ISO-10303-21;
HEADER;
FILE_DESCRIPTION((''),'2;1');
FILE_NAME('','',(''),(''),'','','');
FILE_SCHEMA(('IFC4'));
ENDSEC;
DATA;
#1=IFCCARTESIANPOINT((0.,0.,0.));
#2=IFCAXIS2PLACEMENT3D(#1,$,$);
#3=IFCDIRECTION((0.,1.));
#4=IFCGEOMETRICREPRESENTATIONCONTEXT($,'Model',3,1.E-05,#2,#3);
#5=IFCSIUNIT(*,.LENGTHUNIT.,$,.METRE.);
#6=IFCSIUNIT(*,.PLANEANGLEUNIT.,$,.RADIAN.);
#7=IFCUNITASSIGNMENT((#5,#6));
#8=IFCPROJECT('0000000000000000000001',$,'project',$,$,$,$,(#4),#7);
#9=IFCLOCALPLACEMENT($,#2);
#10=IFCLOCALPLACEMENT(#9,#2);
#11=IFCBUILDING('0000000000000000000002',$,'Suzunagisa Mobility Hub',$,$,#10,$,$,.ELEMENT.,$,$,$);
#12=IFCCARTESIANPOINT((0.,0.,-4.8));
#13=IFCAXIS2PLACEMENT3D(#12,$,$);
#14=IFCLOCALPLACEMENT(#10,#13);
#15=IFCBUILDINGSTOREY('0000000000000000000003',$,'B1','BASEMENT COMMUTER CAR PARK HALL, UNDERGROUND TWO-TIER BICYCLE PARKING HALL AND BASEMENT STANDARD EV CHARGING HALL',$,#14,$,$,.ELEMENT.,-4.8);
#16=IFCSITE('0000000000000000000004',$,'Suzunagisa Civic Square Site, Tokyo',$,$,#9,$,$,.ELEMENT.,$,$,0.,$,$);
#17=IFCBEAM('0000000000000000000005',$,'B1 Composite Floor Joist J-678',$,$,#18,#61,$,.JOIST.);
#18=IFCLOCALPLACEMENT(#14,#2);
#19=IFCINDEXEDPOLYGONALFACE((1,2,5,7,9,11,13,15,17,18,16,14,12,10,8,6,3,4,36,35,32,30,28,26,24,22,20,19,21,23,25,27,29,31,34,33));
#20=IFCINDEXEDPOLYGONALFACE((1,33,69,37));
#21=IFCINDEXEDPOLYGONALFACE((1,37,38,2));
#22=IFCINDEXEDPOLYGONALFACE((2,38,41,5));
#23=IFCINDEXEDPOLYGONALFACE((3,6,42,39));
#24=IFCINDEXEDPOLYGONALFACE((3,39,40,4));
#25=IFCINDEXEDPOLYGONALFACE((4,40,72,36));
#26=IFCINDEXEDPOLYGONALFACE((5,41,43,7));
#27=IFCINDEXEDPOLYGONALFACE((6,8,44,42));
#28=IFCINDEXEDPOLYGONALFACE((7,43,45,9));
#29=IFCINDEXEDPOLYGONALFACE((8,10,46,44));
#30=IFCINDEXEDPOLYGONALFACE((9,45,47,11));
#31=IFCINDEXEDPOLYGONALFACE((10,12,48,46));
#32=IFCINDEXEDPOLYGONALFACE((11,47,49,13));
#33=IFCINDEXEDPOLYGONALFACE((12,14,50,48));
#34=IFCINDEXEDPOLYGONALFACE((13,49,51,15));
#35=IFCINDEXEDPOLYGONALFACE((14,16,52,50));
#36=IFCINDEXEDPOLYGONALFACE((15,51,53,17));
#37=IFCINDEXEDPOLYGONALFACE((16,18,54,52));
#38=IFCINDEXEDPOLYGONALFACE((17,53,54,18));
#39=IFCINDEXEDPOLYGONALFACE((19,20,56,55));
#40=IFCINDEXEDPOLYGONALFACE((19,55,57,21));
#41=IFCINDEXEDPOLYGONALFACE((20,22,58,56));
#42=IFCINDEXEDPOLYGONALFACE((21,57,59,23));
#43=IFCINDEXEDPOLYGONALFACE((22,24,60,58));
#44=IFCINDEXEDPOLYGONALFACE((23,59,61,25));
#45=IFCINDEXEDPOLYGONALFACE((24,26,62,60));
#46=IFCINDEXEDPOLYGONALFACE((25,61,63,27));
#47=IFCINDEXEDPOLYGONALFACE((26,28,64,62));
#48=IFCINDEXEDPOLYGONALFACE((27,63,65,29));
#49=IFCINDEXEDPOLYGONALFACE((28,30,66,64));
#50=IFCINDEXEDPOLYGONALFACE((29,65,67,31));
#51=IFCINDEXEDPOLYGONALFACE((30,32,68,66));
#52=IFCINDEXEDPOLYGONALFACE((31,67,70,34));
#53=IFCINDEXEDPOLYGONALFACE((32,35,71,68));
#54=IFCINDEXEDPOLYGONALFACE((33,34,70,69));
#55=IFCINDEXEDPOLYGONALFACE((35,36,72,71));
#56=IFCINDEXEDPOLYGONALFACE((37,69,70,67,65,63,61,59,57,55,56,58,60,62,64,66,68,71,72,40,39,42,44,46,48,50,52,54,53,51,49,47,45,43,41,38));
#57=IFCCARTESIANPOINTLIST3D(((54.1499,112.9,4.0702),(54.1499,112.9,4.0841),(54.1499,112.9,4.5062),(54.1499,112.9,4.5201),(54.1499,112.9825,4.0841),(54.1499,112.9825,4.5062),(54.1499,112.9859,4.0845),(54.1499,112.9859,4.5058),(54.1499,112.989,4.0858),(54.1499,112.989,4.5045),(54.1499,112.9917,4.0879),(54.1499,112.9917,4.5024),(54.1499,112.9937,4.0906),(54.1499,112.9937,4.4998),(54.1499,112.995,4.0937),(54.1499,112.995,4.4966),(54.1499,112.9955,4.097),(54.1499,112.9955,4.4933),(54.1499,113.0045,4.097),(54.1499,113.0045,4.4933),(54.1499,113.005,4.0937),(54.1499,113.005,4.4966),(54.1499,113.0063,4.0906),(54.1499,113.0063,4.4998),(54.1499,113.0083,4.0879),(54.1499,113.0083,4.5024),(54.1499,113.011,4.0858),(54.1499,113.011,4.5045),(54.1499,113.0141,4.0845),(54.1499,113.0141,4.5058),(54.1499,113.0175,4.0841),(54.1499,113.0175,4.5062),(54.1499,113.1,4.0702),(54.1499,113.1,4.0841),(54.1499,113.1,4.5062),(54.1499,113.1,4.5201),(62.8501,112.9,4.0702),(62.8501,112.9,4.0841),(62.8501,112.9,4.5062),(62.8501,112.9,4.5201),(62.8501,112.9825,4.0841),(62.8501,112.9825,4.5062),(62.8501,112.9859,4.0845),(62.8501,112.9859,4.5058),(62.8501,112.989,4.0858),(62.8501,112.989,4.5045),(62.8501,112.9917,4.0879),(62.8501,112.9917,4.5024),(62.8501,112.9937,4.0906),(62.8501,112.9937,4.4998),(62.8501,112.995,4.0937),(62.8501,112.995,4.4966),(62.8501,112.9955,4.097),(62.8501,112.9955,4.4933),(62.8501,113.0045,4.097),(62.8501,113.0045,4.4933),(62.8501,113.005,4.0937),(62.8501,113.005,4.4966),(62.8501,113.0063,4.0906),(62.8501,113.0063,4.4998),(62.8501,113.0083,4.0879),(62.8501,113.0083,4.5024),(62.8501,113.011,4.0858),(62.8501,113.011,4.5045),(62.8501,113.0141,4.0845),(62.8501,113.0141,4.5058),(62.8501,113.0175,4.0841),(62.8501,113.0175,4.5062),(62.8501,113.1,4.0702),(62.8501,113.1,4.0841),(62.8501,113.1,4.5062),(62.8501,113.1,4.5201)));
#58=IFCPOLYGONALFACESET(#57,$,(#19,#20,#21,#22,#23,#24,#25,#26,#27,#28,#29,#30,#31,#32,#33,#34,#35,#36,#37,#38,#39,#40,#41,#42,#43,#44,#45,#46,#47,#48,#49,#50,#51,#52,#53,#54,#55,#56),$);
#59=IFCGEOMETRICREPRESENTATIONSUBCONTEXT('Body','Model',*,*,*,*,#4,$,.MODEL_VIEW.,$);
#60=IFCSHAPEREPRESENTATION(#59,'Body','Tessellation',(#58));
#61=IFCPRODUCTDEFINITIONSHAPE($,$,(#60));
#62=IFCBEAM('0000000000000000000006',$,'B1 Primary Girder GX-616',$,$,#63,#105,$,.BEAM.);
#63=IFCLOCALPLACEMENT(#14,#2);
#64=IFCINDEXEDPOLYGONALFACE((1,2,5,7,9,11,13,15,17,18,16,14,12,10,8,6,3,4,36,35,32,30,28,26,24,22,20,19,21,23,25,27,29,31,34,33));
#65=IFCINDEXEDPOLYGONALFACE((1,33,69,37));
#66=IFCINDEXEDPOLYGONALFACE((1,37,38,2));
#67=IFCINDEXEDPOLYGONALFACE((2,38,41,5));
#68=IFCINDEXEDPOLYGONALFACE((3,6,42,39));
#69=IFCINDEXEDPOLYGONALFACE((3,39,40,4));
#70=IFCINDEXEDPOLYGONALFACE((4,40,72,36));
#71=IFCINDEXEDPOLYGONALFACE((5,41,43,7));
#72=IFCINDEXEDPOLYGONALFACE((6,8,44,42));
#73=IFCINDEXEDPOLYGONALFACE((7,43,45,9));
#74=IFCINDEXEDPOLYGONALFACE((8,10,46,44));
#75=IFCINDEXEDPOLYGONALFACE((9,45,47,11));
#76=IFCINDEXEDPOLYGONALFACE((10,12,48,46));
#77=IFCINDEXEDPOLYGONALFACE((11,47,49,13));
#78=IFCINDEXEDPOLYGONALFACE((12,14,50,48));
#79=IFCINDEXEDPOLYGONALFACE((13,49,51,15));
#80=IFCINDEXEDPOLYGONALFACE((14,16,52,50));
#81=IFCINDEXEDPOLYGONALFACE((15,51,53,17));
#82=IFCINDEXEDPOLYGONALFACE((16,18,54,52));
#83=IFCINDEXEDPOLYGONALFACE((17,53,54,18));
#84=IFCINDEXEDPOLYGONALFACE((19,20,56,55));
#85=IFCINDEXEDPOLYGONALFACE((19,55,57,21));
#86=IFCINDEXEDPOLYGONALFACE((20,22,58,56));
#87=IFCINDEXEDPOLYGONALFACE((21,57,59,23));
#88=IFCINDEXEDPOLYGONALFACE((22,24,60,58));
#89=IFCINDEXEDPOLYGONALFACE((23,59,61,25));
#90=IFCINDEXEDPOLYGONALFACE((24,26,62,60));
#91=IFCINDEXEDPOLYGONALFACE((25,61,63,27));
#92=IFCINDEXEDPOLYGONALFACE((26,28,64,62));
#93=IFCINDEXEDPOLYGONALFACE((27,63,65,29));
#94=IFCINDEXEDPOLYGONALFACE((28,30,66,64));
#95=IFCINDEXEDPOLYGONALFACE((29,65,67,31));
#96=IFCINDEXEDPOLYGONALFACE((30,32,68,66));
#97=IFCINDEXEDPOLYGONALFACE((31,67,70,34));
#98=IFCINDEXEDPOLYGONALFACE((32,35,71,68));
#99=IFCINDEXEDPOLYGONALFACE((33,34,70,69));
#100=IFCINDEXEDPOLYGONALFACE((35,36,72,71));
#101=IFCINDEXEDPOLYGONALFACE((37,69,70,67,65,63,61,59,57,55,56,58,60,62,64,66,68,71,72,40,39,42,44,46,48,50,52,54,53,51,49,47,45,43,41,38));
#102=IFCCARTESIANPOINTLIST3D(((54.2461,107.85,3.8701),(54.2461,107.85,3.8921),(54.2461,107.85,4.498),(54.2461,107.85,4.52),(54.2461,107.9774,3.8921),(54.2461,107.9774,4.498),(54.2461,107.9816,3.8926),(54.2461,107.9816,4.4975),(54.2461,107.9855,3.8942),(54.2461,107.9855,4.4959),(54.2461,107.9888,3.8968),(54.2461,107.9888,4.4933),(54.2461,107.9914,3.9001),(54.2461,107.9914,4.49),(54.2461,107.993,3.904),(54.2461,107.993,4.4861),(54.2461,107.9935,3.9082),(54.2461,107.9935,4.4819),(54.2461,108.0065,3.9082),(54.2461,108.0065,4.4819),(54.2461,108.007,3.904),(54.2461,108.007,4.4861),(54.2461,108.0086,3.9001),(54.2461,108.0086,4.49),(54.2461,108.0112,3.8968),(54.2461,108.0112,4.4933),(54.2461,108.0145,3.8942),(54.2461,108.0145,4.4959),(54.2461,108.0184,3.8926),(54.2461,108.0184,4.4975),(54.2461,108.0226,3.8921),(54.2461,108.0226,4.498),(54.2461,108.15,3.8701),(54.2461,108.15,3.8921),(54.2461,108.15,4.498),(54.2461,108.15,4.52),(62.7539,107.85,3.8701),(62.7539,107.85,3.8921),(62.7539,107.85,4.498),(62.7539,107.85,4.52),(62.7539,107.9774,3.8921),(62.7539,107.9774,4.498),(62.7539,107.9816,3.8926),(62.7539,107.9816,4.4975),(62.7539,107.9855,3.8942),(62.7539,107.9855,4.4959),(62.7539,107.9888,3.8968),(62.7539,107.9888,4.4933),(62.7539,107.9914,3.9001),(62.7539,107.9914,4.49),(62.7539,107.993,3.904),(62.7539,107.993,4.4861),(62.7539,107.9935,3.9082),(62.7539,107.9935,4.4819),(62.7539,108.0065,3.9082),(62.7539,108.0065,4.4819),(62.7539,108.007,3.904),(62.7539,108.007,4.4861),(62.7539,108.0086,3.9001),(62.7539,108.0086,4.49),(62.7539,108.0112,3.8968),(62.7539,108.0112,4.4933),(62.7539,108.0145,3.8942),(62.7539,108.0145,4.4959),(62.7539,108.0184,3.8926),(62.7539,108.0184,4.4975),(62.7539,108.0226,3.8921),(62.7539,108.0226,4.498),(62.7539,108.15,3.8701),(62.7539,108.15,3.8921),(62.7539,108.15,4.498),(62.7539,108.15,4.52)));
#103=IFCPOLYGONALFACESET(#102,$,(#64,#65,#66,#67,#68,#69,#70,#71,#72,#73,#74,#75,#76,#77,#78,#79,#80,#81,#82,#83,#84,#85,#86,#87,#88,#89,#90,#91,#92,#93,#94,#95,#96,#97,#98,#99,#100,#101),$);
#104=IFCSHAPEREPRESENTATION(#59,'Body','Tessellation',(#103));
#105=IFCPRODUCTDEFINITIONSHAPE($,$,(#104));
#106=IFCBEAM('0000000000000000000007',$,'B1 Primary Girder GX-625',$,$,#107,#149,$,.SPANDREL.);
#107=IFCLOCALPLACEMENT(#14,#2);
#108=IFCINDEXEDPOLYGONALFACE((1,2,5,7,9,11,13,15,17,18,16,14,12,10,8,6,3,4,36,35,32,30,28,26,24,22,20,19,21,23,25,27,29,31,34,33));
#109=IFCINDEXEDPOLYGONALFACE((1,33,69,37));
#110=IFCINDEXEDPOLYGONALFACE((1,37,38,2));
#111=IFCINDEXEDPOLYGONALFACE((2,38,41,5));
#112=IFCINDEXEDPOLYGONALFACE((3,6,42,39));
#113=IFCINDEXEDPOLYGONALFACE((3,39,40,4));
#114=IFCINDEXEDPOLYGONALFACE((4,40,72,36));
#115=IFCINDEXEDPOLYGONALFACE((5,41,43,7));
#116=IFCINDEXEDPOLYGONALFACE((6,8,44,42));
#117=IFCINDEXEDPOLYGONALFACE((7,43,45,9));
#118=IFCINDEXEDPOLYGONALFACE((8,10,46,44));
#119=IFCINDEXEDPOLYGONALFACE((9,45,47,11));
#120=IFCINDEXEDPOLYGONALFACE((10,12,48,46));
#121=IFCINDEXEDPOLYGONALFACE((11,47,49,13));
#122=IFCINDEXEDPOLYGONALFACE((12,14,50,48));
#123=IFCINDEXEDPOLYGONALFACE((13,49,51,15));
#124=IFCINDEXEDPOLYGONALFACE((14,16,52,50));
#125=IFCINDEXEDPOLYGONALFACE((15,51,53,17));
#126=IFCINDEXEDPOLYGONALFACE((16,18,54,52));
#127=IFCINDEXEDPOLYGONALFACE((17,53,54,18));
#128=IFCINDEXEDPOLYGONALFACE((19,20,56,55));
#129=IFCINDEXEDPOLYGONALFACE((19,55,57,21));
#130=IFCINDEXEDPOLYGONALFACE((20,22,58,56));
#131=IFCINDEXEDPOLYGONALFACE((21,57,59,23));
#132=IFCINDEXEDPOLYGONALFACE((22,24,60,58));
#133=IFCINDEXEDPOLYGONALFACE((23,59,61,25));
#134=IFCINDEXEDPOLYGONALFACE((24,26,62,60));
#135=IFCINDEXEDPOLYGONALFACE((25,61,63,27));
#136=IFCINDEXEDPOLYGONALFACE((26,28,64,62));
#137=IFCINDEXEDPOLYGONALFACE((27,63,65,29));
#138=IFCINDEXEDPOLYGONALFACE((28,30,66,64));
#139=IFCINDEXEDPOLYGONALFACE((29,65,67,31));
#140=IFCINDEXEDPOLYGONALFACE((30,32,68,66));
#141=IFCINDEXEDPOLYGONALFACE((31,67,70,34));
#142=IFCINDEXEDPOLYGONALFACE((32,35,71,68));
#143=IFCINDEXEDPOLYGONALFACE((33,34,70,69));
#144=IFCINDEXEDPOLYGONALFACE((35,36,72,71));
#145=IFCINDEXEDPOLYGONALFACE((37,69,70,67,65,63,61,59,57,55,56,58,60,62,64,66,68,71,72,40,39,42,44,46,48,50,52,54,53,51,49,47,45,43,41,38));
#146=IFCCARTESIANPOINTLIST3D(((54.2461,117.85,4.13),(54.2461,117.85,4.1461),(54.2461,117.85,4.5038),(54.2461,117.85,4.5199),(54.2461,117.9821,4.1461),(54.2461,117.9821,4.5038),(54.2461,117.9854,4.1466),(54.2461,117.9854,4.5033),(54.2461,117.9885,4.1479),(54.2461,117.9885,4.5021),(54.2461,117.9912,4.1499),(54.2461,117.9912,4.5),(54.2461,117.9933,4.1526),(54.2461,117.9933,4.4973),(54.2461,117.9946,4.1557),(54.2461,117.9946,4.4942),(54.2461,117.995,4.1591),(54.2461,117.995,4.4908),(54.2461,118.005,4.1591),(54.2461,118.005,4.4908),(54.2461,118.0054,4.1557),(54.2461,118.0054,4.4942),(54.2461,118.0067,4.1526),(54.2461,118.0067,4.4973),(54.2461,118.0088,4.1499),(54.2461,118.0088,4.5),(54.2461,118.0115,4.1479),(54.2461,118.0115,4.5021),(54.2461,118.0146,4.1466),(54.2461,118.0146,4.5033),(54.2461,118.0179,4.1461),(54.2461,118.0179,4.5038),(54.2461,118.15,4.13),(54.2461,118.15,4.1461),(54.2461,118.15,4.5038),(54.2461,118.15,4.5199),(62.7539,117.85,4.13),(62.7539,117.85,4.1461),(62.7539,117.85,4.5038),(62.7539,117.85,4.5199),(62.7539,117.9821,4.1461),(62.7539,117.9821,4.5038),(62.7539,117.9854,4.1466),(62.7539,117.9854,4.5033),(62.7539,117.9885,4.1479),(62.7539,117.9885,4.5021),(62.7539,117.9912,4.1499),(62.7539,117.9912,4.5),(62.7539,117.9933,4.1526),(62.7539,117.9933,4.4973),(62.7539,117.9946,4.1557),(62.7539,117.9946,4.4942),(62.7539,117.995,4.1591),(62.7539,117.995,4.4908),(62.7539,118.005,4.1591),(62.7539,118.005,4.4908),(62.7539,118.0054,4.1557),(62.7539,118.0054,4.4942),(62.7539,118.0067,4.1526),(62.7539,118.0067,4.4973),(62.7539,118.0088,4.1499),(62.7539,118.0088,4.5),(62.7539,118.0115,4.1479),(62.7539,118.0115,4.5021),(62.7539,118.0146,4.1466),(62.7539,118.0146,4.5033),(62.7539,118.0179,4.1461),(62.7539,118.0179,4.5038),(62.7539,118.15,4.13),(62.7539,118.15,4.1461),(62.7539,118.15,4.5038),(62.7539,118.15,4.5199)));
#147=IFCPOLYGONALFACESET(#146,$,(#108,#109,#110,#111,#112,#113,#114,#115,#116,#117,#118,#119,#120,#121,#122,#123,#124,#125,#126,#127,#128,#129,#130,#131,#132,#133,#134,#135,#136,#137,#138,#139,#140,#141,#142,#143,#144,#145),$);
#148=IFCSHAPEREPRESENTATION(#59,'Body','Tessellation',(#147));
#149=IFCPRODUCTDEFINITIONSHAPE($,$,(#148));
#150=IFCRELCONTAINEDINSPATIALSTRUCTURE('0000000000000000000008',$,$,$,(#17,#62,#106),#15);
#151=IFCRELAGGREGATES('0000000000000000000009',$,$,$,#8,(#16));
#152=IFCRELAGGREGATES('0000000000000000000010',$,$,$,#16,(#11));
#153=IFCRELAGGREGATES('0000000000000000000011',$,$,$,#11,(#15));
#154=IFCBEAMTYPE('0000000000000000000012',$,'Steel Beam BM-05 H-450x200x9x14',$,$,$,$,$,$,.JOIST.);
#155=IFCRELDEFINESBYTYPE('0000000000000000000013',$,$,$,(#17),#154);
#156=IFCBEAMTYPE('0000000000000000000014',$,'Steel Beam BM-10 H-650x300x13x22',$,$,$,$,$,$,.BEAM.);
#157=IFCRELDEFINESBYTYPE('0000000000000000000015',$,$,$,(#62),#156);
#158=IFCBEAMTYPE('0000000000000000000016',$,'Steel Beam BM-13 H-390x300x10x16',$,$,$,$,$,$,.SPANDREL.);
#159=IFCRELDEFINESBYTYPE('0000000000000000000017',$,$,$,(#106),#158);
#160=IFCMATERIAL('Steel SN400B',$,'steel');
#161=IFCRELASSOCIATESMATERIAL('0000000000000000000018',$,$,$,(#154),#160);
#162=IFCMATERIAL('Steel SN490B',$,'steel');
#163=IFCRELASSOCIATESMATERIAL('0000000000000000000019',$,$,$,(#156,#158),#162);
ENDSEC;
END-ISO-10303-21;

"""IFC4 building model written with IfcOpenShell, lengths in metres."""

from ifc_helpers import new_model, si_unit, direction, frame, origin, origin_2d, place, context, subcontext, project, spatial, i_section, extrude, material, material_profile, profile_set, type_object, element, save


model = new_model("IFC4")

# Units and contexts
model_context = context("Model", 3, precision=1e-05, world=origin(), true_north=direction((0.0, 1.0)))
body_context = subcontext(model_context, "Body", "Model", "MODEL_VIEW")
ifc_project = project(units=[si_unit("LENGTHUNIT", "METRE"), si_unit("PLANEANGLEUNIT", "RADIAN")], contexts=[model_context])

# Site, building, storey
site_placement = place(None, origin())
site = spatial("IfcSite", under=ifc_project, at=site_placement, Name="Suzunagisa Civic Square Site, Tokyo", CompositionType="ELEMENT", RefElevation=0.0)
building_placement = place(site_placement, origin())
building = spatial("IfcBuilding", under=site, at=building_placement, Name="Suzunagisa Mobility Hub", CompositionType="ELEMENT")
storey_placement = place(building_placement, frame((0.0, 0.0, -4.8)))
storey = spatial("IfcBuildingStorey", under=building, at=storey_placement, Name="B1", Description="BASEMENT COMMUTER CAR PARK HALL, UNDERGROUND TWO-TIER BICYCLE PARKING HALL AND BASEMENT STANDARD EV CHARGING HALL", CompositionType="ELEMENT", Elevation=-4.8)

# Shared definitions
ifc_material_1 = material(Name="Steel SN490B", Category="steel")

# Beams
ifc_material_2 = material(Name="Steel SN400B", Category="steel")
ifc_material_profile_1 = material_profile(ifc_material_2, i_section(OverallWidth=0.2, OverallDepth=0.45, WebThickness=0.009, FlangeThickness=0.0139, FilletRadius=0.0129, at=origin_2d()), Name="H-450x200x9x14")
ifc_profile_set_1 = profile_set([ifc_material_profile_1], Name="Steel SN400B")
beam_type_1 = type_object("IfcBeamType", Name="Steel Beam BM-05 H-450x200x9x14", PredefinedType="JOIST", material=ifc_profile_set_1)
beam_1_placement = place(storey_placement, frame((54.1499, 113.0, 4.2952), z_axis=(1.0, 0.0, 0.0), x_axis=(0.0, 1.0, 0.0)))
element("IfcBeam", 1, at=beam_1_placement, inside=storey, type_object=beam_type_1, Name="B1 Composite Floor Joist J-678", PredefinedType="JOIST", context=body_context, shape_type="SweptSolid", body=[
    extrude(i_section(OverallWidth=0.2, OverallDepth=0.45, WebThickness=0.009, FlangeThickness=0.0139, FilletRadius=0.0129, at=origin_2d()), origin(), (0.0, 0.0, 1.0), 8.7002),
])
ifc_material_profile_2 = material_profile(ifc_material_1, i_section(OverallWidth=0.3, OverallDepth=0.6499, WebThickness=0.0129, FlangeThickness=0.022, FilletRadius=0.0161, at=origin_2d()), Name="H-650x300x13x22")
ifc_profile_set_2 = profile_set([ifc_material_profile_2], Name="Steel SN490B")
beam_type_2 = type_object("IfcBeamType", Name="Steel Beam BM-10 H-650x300x13x22", PredefinedType="BEAM", material=ifc_profile_set_2)
beam_2_placement = place(storey_placement, frame((54.2461, 108.0, 4.1951), z_axis=(1.0, 0.0, 0.0), x_axis=(0.0, 1.0, 0.0)))
element("IfcBeam", 2, at=beam_2_placement, inside=storey, type_object=beam_type_2, Name="B1 Primary Girder GX-616", PredefinedType="BEAM", context=body_context, shape_type="SweptSolid", body=[
    extrude(i_section(OverallWidth=0.3, OverallDepth=0.6499, WebThickness=0.0129, FlangeThickness=0.022, FilletRadius=0.0161, at=origin_2d()), origin(), (0.0, 0.0, 1.0), 8.5078),
])
ifc_material_profile_3 = material_profile(ifc_material_1, i_section(OverallWidth=0.3, OverallDepth=0.3899, WebThickness=0.01, FlangeThickness=0.0161, FilletRadius=0.0129, at=origin_2d()), Name="H-390x300x10x16")
ifc_profile_set_3 = profile_set([ifc_material_profile_3], Name="Steel SN490B")
beam_type_3 = type_object("IfcBeamType", Name="Steel Beam BM-13 H-390x300x10x16", PredefinedType="SPANDREL", material=ifc_profile_set_3)
beam_3_placement = place(storey_placement, frame((54.2461, 118.0, 4.325), z_axis=(1.0, 0.0, 0.0), x_axis=(0.0, 1.0, 0.0)))
element("IfcBeam", 3, at=beam_3_placement, inside=storey, type_object=beam_type_3, Name="B1 Primary Girder GX-625", PredefinedType="SPANDREL", context=body_context, shape_type="SweptSolid", body=[
    extrude(i_section(OverallWidth=0.3, OverallDepth=0.3899, WebThickness=0.01, FlangeThickness=0.0161, FilletRadius=0.0129, at=origin_2d()), origin(), (0.0, 0.0, 1.0), 8.5078),
])

save(model, "model.ifc")
